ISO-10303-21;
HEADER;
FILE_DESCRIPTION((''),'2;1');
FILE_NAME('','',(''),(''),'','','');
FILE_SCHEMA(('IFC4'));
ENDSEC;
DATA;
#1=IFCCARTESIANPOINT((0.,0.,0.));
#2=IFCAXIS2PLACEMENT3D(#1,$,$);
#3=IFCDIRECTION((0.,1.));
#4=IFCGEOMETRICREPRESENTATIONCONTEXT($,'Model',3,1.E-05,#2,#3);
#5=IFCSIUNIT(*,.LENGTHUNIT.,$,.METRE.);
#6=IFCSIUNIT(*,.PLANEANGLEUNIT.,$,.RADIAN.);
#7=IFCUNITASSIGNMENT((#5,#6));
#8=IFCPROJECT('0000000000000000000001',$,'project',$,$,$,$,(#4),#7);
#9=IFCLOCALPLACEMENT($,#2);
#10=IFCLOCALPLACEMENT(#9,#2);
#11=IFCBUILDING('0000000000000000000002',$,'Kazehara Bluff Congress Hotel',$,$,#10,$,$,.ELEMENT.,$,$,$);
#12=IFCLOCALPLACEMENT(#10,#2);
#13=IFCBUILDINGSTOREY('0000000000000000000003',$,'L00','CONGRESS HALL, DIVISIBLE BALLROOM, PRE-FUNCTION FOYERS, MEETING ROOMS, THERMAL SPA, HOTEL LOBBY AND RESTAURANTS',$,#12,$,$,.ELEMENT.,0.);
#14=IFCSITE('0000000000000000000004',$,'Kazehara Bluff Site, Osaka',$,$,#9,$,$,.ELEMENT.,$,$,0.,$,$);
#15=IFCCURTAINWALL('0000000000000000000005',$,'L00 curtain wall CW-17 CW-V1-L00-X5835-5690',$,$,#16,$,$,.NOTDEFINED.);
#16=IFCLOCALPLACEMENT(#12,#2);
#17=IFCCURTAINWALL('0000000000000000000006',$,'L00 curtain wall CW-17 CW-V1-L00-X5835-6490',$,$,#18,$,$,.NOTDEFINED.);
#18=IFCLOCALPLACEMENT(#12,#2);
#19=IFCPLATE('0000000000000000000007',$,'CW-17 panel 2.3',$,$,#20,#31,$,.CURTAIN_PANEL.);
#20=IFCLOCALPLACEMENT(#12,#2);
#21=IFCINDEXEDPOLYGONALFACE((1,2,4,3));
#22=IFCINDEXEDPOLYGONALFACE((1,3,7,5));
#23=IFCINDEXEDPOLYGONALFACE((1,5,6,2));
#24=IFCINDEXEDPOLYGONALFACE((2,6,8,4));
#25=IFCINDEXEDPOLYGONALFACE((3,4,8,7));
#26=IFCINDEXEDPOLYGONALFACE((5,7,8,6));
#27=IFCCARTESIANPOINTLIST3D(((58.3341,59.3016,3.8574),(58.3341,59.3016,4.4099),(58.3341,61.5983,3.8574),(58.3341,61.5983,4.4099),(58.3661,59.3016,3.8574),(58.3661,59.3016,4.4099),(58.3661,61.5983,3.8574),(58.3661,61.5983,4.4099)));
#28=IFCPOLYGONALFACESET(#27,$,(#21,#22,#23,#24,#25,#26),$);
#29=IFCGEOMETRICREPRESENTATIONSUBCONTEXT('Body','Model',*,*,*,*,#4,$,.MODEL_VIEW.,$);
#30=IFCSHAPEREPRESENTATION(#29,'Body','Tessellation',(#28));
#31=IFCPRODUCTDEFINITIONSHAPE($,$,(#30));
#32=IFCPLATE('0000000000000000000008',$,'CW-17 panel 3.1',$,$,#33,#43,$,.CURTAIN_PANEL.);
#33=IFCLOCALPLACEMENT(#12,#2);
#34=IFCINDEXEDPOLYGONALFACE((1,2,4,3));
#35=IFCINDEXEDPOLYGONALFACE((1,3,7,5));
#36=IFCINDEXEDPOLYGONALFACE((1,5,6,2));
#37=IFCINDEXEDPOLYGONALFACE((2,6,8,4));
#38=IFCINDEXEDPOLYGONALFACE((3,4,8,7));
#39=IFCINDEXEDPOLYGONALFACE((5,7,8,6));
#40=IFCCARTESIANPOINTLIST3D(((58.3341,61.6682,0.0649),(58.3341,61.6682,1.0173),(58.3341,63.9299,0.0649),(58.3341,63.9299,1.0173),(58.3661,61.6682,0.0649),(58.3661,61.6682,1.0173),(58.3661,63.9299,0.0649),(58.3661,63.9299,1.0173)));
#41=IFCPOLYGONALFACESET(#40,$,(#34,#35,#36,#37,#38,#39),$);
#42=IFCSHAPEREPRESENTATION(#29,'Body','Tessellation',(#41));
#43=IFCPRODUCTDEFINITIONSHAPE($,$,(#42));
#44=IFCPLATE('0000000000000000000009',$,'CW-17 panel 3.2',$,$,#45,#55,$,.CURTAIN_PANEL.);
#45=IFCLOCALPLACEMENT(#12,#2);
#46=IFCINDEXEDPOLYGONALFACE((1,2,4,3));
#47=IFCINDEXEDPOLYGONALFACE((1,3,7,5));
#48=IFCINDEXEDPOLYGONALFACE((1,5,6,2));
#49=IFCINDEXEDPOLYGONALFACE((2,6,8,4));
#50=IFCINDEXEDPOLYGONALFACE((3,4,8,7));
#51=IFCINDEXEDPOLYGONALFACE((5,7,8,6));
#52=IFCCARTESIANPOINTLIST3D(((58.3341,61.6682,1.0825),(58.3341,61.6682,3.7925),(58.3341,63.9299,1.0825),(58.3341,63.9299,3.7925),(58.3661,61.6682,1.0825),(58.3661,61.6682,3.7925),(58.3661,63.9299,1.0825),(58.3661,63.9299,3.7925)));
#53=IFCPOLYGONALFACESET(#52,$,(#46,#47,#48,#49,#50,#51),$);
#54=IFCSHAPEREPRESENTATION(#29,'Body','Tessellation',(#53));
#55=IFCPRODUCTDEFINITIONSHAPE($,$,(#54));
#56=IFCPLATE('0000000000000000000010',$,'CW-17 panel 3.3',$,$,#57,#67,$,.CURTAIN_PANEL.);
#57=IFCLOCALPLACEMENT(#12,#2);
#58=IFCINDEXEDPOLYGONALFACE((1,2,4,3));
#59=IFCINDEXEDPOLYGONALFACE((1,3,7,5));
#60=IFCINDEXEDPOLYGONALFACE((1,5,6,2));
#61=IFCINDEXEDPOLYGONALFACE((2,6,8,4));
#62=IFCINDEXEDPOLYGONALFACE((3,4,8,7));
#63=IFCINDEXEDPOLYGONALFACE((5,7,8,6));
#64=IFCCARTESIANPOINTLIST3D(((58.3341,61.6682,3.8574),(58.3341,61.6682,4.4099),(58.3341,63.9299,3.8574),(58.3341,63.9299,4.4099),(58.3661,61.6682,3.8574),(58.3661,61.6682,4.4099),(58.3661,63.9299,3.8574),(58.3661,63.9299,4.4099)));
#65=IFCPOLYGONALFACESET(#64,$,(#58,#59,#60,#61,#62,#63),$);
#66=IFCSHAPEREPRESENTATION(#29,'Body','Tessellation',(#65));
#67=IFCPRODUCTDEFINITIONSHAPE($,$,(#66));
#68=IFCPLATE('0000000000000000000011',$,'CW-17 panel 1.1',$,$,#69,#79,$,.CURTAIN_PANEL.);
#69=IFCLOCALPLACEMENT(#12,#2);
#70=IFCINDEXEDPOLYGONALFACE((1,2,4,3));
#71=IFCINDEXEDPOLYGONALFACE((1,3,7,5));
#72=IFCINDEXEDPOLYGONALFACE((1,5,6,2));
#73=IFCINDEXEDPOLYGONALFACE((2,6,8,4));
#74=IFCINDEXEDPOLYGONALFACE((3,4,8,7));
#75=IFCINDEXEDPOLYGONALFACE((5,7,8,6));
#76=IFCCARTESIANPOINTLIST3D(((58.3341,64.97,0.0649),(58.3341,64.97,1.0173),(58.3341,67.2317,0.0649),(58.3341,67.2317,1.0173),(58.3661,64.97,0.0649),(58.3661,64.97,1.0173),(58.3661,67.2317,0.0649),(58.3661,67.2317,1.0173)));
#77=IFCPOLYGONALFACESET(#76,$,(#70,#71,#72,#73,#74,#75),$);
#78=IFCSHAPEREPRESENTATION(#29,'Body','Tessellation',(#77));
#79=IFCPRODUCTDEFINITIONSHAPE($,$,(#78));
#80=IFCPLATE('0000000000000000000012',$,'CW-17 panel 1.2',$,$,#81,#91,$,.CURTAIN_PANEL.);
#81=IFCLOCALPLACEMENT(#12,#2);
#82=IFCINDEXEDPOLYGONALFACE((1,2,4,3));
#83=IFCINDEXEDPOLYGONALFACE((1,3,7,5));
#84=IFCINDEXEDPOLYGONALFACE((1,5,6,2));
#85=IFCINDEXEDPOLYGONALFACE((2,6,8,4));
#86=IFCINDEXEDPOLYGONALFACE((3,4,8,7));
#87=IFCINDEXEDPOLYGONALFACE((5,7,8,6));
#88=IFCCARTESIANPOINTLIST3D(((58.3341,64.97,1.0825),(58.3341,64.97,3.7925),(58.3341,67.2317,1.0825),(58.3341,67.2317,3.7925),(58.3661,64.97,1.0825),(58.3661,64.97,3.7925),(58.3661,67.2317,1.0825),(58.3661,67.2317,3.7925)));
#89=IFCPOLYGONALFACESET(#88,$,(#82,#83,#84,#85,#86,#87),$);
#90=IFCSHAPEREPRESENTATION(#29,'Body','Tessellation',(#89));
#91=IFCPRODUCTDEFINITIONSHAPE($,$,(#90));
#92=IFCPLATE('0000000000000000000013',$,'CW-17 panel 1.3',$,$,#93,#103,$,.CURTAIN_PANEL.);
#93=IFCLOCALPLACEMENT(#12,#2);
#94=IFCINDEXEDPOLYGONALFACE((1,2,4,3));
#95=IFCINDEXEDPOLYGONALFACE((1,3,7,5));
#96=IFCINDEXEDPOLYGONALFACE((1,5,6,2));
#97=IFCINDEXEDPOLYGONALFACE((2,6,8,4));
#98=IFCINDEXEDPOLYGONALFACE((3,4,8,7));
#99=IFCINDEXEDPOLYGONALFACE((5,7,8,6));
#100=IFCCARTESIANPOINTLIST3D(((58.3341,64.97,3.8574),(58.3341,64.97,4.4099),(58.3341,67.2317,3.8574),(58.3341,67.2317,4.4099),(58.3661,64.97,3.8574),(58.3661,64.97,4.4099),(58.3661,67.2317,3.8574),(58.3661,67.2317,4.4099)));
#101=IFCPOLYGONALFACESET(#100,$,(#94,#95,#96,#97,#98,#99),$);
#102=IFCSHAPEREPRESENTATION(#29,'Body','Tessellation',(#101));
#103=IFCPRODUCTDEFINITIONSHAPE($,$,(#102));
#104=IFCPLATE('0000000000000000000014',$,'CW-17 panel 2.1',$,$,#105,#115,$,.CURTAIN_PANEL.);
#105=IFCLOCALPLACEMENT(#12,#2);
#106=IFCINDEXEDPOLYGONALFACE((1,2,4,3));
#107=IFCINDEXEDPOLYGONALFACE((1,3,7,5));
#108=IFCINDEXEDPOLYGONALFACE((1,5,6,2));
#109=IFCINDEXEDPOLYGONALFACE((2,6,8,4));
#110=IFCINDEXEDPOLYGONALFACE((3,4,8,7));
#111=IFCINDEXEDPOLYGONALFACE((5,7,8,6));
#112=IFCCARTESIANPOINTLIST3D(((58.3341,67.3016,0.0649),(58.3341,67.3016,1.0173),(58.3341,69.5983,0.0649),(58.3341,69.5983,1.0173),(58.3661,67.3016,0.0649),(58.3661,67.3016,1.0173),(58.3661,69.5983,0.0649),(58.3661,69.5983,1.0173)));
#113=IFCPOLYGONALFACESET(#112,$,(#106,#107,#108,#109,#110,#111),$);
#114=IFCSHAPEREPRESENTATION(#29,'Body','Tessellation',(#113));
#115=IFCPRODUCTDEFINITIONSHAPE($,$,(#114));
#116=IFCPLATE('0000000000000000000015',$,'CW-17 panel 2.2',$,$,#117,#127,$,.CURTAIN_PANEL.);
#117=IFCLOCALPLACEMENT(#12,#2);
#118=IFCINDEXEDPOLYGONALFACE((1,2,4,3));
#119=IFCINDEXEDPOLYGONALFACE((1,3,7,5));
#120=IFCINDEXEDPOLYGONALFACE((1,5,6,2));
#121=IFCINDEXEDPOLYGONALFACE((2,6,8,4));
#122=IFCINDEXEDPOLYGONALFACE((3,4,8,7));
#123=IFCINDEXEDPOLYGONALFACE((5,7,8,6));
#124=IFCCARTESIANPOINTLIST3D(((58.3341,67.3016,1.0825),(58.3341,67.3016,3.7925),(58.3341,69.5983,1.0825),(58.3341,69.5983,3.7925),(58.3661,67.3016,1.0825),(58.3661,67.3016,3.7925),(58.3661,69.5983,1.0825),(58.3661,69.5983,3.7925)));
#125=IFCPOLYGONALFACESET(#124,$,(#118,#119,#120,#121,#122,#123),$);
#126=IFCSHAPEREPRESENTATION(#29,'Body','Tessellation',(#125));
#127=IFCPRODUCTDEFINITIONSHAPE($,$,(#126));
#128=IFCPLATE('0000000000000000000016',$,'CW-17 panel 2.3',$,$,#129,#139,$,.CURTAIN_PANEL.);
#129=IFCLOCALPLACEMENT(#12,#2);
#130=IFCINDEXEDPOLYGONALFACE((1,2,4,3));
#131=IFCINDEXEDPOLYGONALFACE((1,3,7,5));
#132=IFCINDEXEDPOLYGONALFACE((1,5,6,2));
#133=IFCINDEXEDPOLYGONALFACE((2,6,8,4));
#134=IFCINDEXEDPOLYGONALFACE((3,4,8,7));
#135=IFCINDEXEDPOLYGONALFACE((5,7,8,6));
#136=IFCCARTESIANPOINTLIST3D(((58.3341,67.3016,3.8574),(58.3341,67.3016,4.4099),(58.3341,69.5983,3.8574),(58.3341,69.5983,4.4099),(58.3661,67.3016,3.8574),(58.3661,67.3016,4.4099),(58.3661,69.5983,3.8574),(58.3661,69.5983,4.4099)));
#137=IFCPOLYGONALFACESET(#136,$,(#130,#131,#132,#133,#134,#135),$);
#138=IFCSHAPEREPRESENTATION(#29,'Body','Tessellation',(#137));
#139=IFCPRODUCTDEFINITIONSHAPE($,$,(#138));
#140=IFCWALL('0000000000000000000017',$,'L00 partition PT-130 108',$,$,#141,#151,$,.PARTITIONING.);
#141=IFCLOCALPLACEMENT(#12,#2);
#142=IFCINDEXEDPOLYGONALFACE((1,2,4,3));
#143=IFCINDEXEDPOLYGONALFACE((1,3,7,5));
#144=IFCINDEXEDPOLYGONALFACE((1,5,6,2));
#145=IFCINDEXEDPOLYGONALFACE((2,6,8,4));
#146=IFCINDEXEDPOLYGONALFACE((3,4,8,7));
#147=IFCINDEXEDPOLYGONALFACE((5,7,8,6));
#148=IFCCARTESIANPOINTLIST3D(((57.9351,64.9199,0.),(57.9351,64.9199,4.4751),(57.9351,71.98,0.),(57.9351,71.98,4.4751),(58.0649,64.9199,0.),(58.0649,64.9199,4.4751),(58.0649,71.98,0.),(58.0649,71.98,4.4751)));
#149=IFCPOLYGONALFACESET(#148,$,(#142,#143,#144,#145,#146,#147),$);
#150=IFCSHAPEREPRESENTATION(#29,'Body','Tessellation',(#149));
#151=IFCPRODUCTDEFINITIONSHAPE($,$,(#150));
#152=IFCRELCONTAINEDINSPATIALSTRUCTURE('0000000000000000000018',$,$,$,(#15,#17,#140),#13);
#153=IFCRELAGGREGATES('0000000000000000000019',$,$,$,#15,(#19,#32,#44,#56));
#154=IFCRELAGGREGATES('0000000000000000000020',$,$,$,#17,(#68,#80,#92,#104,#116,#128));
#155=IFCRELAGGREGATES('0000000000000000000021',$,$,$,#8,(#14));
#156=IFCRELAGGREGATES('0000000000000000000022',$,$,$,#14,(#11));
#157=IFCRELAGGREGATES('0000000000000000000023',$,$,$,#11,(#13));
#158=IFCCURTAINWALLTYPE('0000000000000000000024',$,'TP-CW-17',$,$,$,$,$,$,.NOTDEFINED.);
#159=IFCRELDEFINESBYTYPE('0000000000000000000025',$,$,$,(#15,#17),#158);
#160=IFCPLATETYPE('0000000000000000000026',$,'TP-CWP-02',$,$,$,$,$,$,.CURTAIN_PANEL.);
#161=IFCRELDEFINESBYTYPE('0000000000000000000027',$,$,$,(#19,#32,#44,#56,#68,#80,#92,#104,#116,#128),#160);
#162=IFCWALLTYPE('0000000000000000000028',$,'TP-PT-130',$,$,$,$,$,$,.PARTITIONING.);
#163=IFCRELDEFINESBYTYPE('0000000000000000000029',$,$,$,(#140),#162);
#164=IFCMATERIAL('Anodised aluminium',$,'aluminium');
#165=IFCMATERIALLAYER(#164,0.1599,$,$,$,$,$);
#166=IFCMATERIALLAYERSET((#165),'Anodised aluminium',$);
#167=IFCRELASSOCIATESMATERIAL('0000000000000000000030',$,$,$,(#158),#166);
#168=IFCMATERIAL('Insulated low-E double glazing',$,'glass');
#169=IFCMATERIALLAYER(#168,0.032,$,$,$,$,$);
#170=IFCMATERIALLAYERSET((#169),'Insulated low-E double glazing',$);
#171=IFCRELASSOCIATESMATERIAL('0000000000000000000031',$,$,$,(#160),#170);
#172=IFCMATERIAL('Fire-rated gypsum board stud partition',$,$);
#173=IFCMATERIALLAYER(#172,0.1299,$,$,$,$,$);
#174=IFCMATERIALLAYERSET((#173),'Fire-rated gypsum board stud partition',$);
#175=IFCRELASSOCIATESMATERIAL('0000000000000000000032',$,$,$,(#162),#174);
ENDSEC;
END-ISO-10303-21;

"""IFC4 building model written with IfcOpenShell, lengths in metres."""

from ifc_helpers import new_model, si_unit, direction, frame, frame_2d, origin, origin_2d, place, context, subcontext, project, spatial, rectangle, extrude, material, layer, layer_set, type_object, element, aggregate, save


model = new_model("IFC4")

# Units and contexts
model_context = context("Model", 3, precision=1e-05, world=origin(), true_north=direction((0.0, 1.0)))
body_context = subcontext(model_context, "Body", "Model", "MODEL_VIEW")
ifc_project = project(units=[si_unit("LENGTHUNIT", "METRE"), si_unit("PLANEANGLEUNIT", "RADIAN")], contexts=[model_context])

# Site, building, storey
site_placement = place(None, origin())
site = spatial("IfcSite", under=ifc_project, at=site_placement, Name="Kazehara Bluff Site, Osaka", CompositionType="ELEMENT", RefElevation=0.0)
building_placement = place(site_placement, origin())
building = spatial("IfcBuilding", under=site, at=building_placement, Name="Kazehara Bluff Congress Hotel", CompositionType="ELEMENT")
storey_placement = place(building_placement, origin())
storey = spatial("IfcBuildingStorey", under=building, at=storey_placement, Name="L00", Description="CONGRESS HALL, DIVISIBLE BALLROOM, PRE-FUNCTION FOYERS, MEETING ROOMS, THERMAL SPA, HOTEL LOBBY AND RESTAURANTS", CompositionType="ELEMENT", Elevation=0.0)

# Curtain walls
ifc_material_1 = material(Name="Anodised aluminium", Category="aluminium")
ifc_layer_1 = layer(ifc_material_1, 0.1599)
ifc_layer_set_1 = layer_set([ifc_layer_1], Name="Anodised aluminium")
curtain_wall_type = type_object("IfcCurtainWallType", Name="TP-CW-17", PredefinedType="NOTDEFINED", material=ifc_layer_set_1)
curtain_wall_1_placement = place(storey_placement, origin())
curtain_wall_1 = element("IfcCurtainWall", 1, at=curtain_wall_1_placement, inside=storey, type_object=curtain_wall_type, Name="L00 curtain wall CW-17 CW-V1-L00-X5835-5690", PredefinedType="NOTDEFINED")
curtain_wall_2_placement = place(storey_placement, origin())
curtain_wall_2 = element("IfcCurtainWall", 2, at=curtain_wall_2_placement, inside=storey, type_object=curtain_wall_type, Name="L00 curtain wall CW-17 CW-V1-L00-X5835-6490", PredefinedType="NOTDEFINED")

# Plates
ifc_material_2 = material(Name="Insulated low-E double glazing", Category="glass")
ifc_layer_2 = layer(ifc_material_2, 0.032)
ifc_layer_set_2 = layer_set([ifc_layer_2], Name="Insulated low-E double glazing")
plate_type = type_object("IfcPlateType", Name="TP-CWP-02", PredefinedType="CURTAIN_PANEL", material=ifc_layer_set_2)
plate_1_placement = place(storey_placement, frame((58.3501, 60.45, 3.8574), z_axis=(0.0, 0.0, 1.0), x_axis=(0.0, 1.0, 0.0)))
plate_1 = element("IfcPlate", 3, at=plate_1_placement, type_object=plate_type, Name="CW-17 panel 2.3", PredefinedType="CURTAIN_PANEL", context=body_context, shape_type="SweptSolid", body=[
    extrude(rectangle(XDim=2.2966, YDim=0.032, at=origin_2d()), origin(), (0.0, 0.0, 1.0), 0.5525),
])
plate_2_placement = place(storey_placement, frame((58.3501, 62.7991, 0.0649), z_axis=(0.0, 0.0, 1.0), x_axis=(0.0, 1.0, 0.0)))
plate_2 = element("IfcPlate", 4, at=plate_2_placement, type_object=plate_type, Name="CW-17 panel 3.1", PredefinedType="CURTAIN_PANEL", context=body_context, shape_type="SweptSolid", body=[
    extrude(rectangle(XDim=2.2617, YDim=0.032, at=origin_2d()), origin(), (0.0, 0.0, 1.0), 0.9524),
])
plate_3_placement = place(storey_placement, frame((58.3501, 62.7991, 1.0825), z_axis=(0.0, 0.0, 1.0), x_axis=(0.0, 1.0, 0.0)))
plate_3 = element("IfcPlate", 5, at=plate_3_placement, type_object=plate_type, Name="CW-17 panel 3.2", PredefinedType="CURTAIN_PANEL", context=body_context, shape_type="SweptSolid", body=[
    extrude(rectangle(XDim=2.2617, YDim=0.032, at=origin_2d()), origin(), (0.0, 0.0, 1.0), 2.71),
])
plate_4_placement = place(storey_placement, frame((58.3501, 62.7991, 3.8574), z_axis=(0.0, 0.0, 1.0), x_axis=(0.0, 1.0, 0.0)))
plate_4 = element("IfcPlate", 6, at=plate_4_placement, type_object=plate_type, Name="CW-17 panel 3.3", PredefinedType="CURTAIN_PANEL", context=body_context, shape_type="SweptSolid", body=[
    extrude(rectangle(XDim=2.2617, YDim=0.032, at=origin_2d()), origin(), (0.0, 0.0, 1.0), 0.5525),
])
aggregate(curtain_wall_1, [plate_1, plate_2, plate_3, plate_4])
plate_5_placement = place(storey_placement, frame((58.3501, 66.1008, 0.0649), z_axis=(0.0, 0.0, 1.0), x_axis=(0.0, 1.0, 0.0)))
plate_5 = element("IfcPlate", 7, at=plate_5_placement, type_object=plate_type, Name="CW-17 panel 1.1", PredefinedType="CURTAIN_PANEL", context=body_context, shape_type="SweptSolid", body=[
    extrude(rectangle(XDim=2.2617, YDim=0.032, at=origin_2d()), origin(), (0.0, 0.0, 1.0), 0.9524),
])
plate_6_placement = place(storey_placement, frame((58.3501, 66.1008, 1.0825), z_axis=(0.0, 0.0, 1.0), x_axis=(0.0, 1.0, 0.0)))
plate_6 = element("IfcPlate", 8, at=plate_6_placement, type_object=plate_type, Name="CW-17 panel 1.2", PredefinedType="CURTAIN_PANEL", context=body_context, shape_type="SweptSolid", body=[
    extrude(rectangle(XDim=2.2617, YDim=0.032, at=origin_2d()), origin(), (0.0, 0.0, 1.0), 2.71),
])
plate_7_placement = place(storey_placement, frame((58.3501, 66.1008, 3.8574), z_axis=(0.0, 0.0, 1.0), x_axis=(0.0, 1.0, 0.0)))
plate_7 = element("IfcPlate", 9, at=plate_7_placement, type_object=plate_type, Name="CW-17 panel 1.3", PredefinedType="CURTAIN_PANEL", context=body_context, shape_type="SweptSolid", body=[
    extrude(rectangle(XDim=2.2617, YDim=0.032, at=origin_2d()), origin(), (0.0, 0.0, 1.0), 0.5525),
])
plate_8_placement = place(storey_placement, frame((58.3501, 68.45, 0.0649), z_axis=(0.0, 0.0, 1.0), x_axis=(0.0, 1.0, 0.0)))
plate_8 = element("IfcPlate", 10, at=plate_8_placement, type_object=plate_type, Name="CW-17 panel 2.1", PredefinedType="CURTAIN_PANEL", context=body_context, shape_type="SweptSolid", body=[
    extrude(rectangle(XDim=2.2966, YDim=0.032, at=origin_2d()), origin(), (0.0, 0.0, 1.0), 0.9524),
])
plate_9_placement = place(storey_placement, frame((58.3501, 68.45, 1.0825), z_axis=(0.0, 0.0, 1.0), x_axis=(0.0, 1.0, 0.0)))
plate_9 = element("IfcPlate", 11, at=plate_9_placement, type_object=plate_type, Name="CW-17 panel 2.2", PredefinedType="CURTAIN_PANEL", context=body_context, shape_type="SweptSolid", body=[
    extrude(rectangle(XDim=2.2966, YDim=0.032, at=origin_2d()), origin(), (0.0, 0.0, 1.0), 2.71),
])
plate_10_placement = place(storey_placement, frame((58.3501, 68.45, 3.8574), z_axis=(0.0, 0.0, 1.0), x_axis=(0.0, 1.0, 0.0)))
plate_10 = element("IfcPlate", 12, at=plate_10_placement, type_object=plate_type, Name="CW-17 panel 2.3", PredefinedType="CURTAIN_PANEL", context=body_context, shape_type="SweptSolid", body=[
    extrude(rectangle(XDim=2.2966, YDim=0.032, at=origin_2d()), origin(), (0.0, 0.0, 1.0), 0.5525),
])
aggregate(curtain_wall_2, [plate_5, plate_6, plate_7, plate_8, plate_9, plate_10])

# Wall
ifc_material_3 = material(Name="Fire-rated gypsum board stud partition")
ifc_layer_3 = layer(ifc_material_3, 0.1299)
ifc_layer_set_3 = layer_set([ifc_layer_3], Name="Fire-rated gypsum board stud partition")
wall_type = type_object("IfcWallType", Name="TP-PT-130", PredefinedType="PARTITIONING", material=ifc_layer_set_3)
wall_placement = place(storey_placement, frame((58.0, 64.9199, 0.0), z_axis=(0.0, 0.0, 1.0), x_axis=(0.0, 1.0, 0.0)))
element("IfcWall", 13, at=wall_placement, inside=storey, type_object=wall_type, Name="L00 partition PT-130 108", PredefinedType="PARTITIONING", context=body_context, shape_type="SweptSolid", body=[
    extrude(rectangle(XDim=7.0601, YDim=0.1299, at=frame_2d((3.53, 0.0))), origin(), (0.0, 0.0, 1.0), 4.4751),
])

save(model, "model.ifc")
